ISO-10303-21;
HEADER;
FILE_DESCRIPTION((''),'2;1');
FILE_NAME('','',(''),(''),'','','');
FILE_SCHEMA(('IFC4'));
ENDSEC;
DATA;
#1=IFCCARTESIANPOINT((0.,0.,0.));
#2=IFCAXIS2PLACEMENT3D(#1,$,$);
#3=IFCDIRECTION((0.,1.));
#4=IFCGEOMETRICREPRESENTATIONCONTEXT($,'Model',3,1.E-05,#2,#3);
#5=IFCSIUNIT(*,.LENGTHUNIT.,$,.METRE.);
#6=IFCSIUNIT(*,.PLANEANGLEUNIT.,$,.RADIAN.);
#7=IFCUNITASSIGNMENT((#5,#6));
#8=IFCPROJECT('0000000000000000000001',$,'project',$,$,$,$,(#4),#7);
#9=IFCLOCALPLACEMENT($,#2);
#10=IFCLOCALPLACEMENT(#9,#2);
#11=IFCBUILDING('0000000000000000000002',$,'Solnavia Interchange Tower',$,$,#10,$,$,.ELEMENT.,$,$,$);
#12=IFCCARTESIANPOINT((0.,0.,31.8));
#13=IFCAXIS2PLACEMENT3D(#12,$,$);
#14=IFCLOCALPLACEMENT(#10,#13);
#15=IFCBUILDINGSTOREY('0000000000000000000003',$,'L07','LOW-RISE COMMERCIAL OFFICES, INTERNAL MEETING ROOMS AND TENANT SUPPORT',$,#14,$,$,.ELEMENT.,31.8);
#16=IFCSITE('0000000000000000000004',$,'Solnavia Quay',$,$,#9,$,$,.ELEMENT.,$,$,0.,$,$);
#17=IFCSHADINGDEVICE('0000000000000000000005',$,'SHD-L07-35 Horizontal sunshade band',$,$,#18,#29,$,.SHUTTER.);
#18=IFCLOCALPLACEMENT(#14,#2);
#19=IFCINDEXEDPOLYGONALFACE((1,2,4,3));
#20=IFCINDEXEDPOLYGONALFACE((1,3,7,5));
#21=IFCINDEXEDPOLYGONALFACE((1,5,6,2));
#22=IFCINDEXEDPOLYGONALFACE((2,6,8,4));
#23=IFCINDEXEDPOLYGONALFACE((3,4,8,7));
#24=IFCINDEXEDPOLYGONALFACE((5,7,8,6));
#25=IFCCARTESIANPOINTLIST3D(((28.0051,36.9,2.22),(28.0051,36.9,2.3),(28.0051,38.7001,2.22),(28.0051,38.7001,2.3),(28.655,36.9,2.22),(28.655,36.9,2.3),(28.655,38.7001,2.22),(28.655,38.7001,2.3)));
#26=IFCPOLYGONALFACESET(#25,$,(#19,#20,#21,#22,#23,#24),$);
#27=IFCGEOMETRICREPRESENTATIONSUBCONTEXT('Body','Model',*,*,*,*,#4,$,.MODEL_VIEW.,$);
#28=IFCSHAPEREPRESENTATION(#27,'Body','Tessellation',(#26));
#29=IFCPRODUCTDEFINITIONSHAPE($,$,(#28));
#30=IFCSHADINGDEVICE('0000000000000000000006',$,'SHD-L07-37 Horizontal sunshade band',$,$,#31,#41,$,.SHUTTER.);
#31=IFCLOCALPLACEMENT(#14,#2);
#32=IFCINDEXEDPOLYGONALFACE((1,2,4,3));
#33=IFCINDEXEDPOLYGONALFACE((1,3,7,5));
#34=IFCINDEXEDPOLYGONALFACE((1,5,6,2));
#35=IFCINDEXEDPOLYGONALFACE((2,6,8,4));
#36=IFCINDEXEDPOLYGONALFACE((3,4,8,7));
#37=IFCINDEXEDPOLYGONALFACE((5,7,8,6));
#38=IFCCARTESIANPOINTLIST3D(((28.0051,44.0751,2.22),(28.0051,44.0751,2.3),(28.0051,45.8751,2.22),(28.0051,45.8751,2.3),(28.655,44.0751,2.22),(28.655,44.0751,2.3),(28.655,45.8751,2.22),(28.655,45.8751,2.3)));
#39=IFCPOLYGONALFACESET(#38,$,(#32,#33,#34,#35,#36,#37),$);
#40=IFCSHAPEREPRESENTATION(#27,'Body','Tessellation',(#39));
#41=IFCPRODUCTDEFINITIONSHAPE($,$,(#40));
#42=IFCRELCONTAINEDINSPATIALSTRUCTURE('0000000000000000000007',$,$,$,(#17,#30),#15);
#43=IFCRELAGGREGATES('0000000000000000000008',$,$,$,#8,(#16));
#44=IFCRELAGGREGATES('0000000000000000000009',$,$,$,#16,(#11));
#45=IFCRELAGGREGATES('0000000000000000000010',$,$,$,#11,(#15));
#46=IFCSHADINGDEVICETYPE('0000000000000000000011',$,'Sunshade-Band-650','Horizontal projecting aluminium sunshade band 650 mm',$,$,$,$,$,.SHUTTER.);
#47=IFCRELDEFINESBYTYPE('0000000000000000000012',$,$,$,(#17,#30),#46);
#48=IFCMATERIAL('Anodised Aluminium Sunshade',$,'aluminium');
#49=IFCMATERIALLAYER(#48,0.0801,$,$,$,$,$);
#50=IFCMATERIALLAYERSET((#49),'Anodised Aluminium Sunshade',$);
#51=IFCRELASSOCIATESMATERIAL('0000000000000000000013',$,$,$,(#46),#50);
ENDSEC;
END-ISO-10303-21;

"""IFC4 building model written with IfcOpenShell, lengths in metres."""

from ifc_helpers import new_model, si_unit, direction, frame, origin, origin_2d, place, context, subcontext, project, spatial, rectangle, extrude, material, layer, layer_set, type_object, element, save


model = new_model("IFC4")

# Units and contexts
model_context = context("Model", 3, precision=1e-05, world=origin(), true_north=direction((0.0, 1.0)))
body_context = subcontext(model_context, "Body", "Model", "MODEL_VIEW")
ifc_project = project(units=[si_unit("LENGTHUNIT", "METRE"), si_unit("PLANEANGLEUNIT", "RADIAN")], contexts=[model_context])

# Site, building, storey
site_placement = place(None, origin())
site = spatial("IfcSite", under=ifc_project, at=site_placement, Name="Solnavia Quay", CompositionType="ELEMENT", RefElevation=0.0)
building_placement = place(site_placement, origin())
building = spatial("IfcBuilding", under=site, at=building_placement, Name="Solnavia Interchange Tower", CompositionType="ELEMENT")
storey_placement = place(building_placement, frame((0.0, 0.0, 31.8)))
storey = spatial("IfcBuildingStorey", under=building, at=storey_placement, Name="L07", Description="LOW-RISE COMMERCIAL OFFICES, INTERNAL MEETING ROOMS AND TENANT SUPPORT", CompositionType="ELEMENT", Elevation=31.8)

# Shading devices
ifc_material_1 = material(Name="Anodised Aluminium Sunshade", Category="aluminium")
ifc_layer_1 = layer(ifc_material_1, 0.0801)
ifc_layer_set_1 = layer_set([ifc_layer_1], Name="Anodised Aluminium Sunshade")
shading_device_type = type_object("IfcShadingDeviceType", Name="Sunshade-Band-650", Description="Horizontal projecting aluminium sunshade band 650 mm", PredefinedType="SHUTTER", material=ifc_layer_set_1)
for number, where, z_axis, x_axis, name in (
    (1, (28.3301, 37.8, 2.22), (0.0, 0.0, 1.0), (0.0, 1.0, 0.0), "SHD-L07-35 Horizontal sunshade band"),
    (2, (28.3301, 44.9751, 2.22), (0.0, 0.0, 1.0), (0.0, 1.0, 0.0), "SHD-L07-37 Horizontal sunshade band"),
):
    element("IfcShadingDevice", number, at=place(storey_placement, frame(where, z_axis=z_axis, x_axis=x_axis)), inside=storey, type_object=shading_device_type, Name=name, PredefinedType="SHUTTER", context=body_context, shape_type="SweptSolid", body=[
        extrude(rectangle(XDim=1.8, YDim=0.6499, at=origin_2d()), origin(), (0.0, 0.0, 1.0), 0.0801),
    ])

save(model, "model.ifc")
